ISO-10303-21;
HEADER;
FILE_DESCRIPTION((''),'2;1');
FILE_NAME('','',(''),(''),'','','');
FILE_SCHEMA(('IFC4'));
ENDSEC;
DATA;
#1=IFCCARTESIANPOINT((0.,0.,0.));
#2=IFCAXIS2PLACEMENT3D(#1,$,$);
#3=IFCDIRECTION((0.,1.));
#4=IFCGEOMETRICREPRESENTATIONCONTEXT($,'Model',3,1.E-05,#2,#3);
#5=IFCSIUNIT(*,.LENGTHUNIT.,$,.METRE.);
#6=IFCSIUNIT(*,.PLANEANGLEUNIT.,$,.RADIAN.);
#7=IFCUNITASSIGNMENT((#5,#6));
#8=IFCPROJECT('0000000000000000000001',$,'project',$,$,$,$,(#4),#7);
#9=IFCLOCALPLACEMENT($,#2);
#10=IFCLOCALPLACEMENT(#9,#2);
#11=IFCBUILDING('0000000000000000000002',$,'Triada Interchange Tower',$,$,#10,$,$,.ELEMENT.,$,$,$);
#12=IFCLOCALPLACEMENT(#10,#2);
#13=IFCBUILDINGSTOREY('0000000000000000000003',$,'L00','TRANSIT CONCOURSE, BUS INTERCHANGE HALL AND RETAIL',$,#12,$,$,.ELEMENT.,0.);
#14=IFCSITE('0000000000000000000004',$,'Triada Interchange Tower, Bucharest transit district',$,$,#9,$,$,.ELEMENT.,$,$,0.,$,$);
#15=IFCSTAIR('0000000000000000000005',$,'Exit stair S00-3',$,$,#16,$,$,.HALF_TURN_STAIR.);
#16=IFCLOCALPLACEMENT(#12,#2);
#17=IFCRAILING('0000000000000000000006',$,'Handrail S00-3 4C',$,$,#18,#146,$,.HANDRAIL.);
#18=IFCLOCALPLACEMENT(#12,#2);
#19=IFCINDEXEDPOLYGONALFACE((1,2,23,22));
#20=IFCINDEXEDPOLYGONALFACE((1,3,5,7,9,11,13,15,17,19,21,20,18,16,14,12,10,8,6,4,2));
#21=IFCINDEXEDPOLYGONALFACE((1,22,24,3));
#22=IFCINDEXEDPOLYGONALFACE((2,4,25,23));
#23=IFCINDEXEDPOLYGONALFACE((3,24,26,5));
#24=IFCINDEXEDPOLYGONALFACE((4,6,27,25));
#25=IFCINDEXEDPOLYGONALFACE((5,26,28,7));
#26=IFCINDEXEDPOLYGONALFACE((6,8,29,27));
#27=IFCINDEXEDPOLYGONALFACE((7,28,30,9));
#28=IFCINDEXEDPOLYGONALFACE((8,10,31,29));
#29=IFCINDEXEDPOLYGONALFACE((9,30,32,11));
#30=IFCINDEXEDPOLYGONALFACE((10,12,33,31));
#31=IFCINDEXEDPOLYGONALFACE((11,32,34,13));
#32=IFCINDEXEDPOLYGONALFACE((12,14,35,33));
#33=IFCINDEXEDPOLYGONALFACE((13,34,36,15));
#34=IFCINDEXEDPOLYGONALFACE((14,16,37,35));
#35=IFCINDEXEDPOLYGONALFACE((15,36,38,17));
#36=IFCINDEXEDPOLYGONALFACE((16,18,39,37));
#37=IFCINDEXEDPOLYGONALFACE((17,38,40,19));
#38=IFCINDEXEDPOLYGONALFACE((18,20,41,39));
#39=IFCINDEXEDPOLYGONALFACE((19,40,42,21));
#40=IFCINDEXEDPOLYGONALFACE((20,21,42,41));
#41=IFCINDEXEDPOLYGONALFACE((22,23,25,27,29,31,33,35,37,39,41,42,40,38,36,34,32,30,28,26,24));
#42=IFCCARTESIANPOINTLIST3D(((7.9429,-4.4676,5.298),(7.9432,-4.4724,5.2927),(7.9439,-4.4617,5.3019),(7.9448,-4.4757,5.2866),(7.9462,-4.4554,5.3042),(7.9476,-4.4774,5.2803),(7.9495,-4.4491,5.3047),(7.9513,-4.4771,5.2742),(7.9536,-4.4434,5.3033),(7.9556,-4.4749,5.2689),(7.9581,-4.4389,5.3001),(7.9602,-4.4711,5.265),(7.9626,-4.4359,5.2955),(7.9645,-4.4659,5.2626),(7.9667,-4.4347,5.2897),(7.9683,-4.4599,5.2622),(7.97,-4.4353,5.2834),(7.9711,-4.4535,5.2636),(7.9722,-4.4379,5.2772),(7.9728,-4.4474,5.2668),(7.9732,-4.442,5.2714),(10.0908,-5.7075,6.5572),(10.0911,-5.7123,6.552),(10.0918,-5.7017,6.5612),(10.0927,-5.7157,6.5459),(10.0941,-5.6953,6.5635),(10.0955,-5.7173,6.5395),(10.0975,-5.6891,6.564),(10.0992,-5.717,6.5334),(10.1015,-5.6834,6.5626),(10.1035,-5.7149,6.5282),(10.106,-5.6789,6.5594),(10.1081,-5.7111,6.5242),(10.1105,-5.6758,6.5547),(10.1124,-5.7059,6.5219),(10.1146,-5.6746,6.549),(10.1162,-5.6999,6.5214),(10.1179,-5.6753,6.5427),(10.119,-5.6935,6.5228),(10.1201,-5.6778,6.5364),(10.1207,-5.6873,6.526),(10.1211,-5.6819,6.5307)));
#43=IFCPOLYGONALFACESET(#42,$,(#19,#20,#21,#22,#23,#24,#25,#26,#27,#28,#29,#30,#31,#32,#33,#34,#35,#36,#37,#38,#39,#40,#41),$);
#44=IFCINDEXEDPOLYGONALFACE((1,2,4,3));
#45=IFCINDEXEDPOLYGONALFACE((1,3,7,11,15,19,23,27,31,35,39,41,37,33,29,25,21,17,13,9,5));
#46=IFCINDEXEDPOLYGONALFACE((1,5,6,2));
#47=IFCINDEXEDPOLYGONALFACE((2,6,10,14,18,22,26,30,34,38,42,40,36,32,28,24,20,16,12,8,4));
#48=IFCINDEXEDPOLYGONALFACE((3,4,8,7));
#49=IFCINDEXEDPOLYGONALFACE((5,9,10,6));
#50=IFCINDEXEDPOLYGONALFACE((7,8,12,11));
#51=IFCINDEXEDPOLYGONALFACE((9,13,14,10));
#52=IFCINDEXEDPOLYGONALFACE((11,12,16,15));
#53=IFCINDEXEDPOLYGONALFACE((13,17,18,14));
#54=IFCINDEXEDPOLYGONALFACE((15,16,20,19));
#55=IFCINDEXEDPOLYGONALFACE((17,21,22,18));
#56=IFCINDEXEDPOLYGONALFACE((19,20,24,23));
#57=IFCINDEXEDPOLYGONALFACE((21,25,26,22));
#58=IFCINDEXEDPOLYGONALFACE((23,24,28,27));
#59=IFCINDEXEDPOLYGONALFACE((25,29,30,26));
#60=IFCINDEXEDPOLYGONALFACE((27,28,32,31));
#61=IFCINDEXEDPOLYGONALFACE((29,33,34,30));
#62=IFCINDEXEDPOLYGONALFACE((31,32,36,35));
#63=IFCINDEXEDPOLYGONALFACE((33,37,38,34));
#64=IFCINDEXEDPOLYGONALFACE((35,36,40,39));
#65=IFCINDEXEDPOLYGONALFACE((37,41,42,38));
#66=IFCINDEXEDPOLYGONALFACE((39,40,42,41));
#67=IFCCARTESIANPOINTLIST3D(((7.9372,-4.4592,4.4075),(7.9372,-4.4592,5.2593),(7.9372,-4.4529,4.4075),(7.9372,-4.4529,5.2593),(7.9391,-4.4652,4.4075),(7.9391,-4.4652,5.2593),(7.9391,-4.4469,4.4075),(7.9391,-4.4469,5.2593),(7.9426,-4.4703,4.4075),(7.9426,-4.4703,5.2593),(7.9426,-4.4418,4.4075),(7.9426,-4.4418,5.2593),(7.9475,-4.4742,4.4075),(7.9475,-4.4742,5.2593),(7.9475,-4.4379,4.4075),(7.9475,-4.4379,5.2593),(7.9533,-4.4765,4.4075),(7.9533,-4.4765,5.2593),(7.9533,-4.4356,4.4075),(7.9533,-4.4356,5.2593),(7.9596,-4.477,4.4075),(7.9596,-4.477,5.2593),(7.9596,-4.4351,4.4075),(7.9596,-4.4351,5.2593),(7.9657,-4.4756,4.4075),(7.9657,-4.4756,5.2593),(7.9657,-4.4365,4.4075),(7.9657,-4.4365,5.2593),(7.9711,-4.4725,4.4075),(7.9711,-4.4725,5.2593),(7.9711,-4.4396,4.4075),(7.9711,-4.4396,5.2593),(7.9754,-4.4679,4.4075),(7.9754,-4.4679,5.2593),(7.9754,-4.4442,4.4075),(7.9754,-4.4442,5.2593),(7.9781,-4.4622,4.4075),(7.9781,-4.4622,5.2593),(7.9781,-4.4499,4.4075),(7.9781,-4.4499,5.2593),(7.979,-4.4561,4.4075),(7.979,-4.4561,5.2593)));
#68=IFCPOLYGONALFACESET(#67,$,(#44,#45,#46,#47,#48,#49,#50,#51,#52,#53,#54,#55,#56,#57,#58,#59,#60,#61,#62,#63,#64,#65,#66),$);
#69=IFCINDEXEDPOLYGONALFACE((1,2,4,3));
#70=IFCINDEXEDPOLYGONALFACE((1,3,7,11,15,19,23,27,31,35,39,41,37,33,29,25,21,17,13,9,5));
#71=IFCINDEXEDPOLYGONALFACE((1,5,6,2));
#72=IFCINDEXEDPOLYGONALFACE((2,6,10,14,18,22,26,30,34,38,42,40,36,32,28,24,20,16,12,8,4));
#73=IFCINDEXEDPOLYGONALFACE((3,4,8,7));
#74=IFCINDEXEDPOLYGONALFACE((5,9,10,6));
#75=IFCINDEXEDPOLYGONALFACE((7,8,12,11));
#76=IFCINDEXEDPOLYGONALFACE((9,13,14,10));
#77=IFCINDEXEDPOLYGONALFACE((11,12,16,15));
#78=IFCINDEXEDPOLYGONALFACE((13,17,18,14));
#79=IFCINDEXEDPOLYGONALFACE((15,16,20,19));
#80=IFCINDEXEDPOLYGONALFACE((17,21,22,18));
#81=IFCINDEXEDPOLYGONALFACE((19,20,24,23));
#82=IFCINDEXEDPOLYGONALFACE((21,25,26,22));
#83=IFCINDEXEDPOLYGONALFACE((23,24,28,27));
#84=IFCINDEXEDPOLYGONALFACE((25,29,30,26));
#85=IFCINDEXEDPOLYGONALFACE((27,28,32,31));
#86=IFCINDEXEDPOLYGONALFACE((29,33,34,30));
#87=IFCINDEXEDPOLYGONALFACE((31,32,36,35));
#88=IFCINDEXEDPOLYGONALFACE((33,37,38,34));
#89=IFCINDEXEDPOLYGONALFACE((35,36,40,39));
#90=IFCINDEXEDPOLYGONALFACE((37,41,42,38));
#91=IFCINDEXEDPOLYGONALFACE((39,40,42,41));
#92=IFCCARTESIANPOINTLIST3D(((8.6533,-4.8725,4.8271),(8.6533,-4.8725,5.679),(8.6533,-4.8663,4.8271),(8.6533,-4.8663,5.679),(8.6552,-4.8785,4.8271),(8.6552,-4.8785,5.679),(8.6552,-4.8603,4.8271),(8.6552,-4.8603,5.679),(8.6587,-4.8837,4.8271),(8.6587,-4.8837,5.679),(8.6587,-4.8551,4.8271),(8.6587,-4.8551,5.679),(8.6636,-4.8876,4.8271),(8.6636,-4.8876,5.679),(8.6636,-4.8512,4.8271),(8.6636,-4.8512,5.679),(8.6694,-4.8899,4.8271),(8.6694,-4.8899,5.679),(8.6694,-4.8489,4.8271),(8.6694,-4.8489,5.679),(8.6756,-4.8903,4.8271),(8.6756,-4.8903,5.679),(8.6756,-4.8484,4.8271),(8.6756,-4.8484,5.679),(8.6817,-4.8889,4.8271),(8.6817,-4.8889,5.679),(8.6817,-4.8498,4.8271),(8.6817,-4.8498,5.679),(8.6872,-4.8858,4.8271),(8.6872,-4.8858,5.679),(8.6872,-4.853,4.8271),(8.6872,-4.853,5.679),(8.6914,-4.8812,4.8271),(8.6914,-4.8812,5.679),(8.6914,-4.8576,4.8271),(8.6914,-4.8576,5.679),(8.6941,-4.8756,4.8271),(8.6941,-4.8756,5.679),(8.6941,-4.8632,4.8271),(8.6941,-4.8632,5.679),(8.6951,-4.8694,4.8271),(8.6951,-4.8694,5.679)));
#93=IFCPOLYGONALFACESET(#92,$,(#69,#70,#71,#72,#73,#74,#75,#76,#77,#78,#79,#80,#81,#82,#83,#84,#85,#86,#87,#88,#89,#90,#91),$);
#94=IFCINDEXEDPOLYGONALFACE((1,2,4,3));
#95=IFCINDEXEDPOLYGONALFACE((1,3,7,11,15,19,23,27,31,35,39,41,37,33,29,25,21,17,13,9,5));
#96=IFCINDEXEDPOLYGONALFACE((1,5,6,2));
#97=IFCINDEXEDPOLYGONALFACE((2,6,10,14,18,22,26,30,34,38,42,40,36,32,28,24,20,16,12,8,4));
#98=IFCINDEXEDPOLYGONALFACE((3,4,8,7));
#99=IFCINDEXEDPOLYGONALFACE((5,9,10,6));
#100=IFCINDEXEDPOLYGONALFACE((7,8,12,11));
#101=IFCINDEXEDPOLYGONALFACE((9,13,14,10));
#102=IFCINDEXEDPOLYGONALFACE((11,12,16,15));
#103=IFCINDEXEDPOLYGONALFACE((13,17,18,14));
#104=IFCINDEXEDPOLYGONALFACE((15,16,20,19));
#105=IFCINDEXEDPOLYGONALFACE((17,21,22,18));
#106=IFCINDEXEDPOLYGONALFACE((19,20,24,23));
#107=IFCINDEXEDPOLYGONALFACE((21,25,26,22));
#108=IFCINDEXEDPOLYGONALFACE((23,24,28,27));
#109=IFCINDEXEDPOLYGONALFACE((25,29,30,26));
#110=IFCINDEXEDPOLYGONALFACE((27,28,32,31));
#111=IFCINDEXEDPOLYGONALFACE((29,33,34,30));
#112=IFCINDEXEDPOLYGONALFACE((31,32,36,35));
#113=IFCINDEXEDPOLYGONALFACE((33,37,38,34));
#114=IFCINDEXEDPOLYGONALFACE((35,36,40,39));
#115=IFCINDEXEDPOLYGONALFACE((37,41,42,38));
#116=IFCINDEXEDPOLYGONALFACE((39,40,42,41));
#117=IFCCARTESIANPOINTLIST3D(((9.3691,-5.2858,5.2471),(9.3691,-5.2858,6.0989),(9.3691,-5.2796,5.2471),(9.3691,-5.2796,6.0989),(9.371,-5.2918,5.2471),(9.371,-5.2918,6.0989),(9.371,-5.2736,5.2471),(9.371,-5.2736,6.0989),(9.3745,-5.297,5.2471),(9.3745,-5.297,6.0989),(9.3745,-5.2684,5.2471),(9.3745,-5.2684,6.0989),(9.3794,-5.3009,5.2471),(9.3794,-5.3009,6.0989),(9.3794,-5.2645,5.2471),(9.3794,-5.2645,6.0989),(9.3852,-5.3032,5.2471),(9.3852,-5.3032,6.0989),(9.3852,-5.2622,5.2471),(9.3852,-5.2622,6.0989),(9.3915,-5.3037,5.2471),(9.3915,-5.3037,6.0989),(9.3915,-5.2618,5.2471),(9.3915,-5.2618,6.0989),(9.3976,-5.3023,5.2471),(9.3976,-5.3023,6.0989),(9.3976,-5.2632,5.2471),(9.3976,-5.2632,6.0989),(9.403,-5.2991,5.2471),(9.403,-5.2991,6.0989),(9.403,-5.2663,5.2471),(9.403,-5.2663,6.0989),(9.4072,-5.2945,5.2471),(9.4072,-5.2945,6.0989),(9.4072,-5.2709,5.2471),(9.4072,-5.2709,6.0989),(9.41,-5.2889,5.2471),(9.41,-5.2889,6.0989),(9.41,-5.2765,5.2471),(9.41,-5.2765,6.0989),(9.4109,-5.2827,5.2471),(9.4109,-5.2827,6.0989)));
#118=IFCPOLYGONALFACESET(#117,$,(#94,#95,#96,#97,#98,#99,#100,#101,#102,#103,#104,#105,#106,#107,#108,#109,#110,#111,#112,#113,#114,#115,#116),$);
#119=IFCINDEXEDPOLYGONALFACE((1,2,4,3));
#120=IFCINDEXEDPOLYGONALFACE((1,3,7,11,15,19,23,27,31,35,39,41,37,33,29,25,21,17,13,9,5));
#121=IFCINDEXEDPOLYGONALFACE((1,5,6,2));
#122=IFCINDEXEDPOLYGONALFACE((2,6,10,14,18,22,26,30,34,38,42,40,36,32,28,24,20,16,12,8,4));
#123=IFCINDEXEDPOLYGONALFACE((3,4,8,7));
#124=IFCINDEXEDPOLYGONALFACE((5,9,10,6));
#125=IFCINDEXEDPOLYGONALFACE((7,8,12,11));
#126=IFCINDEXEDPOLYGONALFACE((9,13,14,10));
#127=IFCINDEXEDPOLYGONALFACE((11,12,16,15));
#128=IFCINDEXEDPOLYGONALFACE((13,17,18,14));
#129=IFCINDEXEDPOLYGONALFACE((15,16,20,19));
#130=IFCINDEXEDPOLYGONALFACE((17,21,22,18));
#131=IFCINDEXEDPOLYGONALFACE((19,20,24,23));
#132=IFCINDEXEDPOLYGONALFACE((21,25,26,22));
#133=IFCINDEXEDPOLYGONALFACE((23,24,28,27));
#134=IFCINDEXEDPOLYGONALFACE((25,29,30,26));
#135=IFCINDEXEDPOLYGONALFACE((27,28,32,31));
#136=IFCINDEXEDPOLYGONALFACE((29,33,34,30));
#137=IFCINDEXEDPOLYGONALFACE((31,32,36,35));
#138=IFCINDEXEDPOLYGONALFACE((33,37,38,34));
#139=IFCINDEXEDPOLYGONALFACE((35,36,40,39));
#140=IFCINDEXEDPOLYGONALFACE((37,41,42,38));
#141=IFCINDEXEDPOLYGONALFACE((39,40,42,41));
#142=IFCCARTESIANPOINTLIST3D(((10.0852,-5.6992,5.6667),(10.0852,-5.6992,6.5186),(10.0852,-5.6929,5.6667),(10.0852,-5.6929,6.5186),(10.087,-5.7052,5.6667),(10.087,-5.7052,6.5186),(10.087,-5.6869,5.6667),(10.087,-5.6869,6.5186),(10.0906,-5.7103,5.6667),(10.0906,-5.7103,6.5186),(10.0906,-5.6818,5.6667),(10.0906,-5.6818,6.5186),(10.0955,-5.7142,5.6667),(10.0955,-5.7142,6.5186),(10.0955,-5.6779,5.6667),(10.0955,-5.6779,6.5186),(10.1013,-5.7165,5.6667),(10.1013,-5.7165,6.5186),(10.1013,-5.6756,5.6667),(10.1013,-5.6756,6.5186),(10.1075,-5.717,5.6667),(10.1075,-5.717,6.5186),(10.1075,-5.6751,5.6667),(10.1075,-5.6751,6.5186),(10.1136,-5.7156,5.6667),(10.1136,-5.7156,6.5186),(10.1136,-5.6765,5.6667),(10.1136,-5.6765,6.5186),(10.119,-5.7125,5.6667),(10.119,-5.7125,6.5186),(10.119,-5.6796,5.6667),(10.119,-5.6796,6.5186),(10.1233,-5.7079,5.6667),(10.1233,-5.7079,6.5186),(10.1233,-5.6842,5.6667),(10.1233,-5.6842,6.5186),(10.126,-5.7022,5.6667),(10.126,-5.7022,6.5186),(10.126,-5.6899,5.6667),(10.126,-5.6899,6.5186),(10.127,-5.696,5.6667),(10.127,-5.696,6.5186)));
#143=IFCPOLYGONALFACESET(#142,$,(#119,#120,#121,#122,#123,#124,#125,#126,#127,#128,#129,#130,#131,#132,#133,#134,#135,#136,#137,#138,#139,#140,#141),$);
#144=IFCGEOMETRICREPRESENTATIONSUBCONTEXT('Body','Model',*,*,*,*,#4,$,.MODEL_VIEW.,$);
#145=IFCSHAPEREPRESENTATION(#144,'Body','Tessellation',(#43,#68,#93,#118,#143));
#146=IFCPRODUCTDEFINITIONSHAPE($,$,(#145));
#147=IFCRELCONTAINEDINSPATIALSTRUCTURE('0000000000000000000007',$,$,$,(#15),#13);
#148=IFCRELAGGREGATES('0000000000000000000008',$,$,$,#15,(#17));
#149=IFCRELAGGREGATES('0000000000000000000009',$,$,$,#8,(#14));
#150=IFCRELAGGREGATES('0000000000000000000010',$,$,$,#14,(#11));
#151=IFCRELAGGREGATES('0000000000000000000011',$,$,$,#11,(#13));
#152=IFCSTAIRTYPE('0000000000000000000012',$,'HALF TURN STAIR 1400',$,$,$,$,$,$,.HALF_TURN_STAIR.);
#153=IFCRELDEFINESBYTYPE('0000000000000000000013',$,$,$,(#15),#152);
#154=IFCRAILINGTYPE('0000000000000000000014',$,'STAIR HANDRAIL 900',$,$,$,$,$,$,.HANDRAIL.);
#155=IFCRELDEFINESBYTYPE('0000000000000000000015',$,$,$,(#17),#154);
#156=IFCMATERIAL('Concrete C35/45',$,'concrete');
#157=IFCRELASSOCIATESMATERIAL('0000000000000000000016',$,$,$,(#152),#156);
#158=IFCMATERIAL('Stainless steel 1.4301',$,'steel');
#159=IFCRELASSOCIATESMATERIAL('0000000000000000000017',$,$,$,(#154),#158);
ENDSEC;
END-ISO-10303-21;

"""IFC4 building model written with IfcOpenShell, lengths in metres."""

from ifc_helpers import new_model, si_unit, direction, frame, origin, origin_2d, place, context, subcontext, project, spatial, circle, extrude, material, type_object, element, aggregate, save


model = new_model("IFC4")

# Units and contexts
model_context = context("Model", 3, precision=1e-05, world=origin(), true_north=direction((0.0, 1.0)))
body_context = subcontext(model_context, "Body", "Model", "MODEL_VIEW")
ifc_project = project(units=[si_unit("LENGTHUNIT", "METRE"), si_unit("PLANEANGLEUNIT", "RADIAN")], contexts=[model_context])

# Site, building, storey
site_placement = place(None, origin())
site = spatial("IfcSite", under=ifc_project, at=site_placement, Name="Triada Interchange Tower, Bucharest transit district", CompositionType="ELEMENT", RefElevation=0.0)
building_placement = place(site_placement, origin())
building = spatial("IfcBuilding", under=site, at=building_placement, Name="Triada Interchange Tower", CompositionType="ELEMENT")
storey_placement = place(building_placement, origin())
storey = spatial("IfcBuildingStorey", under=building, at=storey_placement, Name="L00", Description="TRANSIT CONCOURSE, BUS INTERCHANGE HALL AND RETAIL", CompositionType="ELEMENT", Elevation=0.0)

# Shared definitions
ifc_material_1 = material(Name="Concrete C35/45", Category="concrete")

# Stair, railing
stair_type = type_object("IfcStairType", Name="HALF TURN STAIR 1400", PredefinedType="HALF_TURN_STAIR", material=ifc_material_1)
stair_placement = place(storey_placement, origin())
stair = element("IfcStair", 1, at=stair_placement, inside=storey, type_object=stair_type, Name="Exit stair S00-3", PredefinedType="HALF_TURN_STAIR")
ifc_material_2 = material(Name="Stainless steel 1.4301", Category="steel")
railing_type = type_object("IfcRailingType", Name="STAIR HANDRAIL 900", PredefinedType="HANDRAIL", material=ifc_material_2)
railing_1_placement = place(storey_placement, frame((7.958, -4.4561, 4.4075)))
railing_1 = element("IfcRailing", 2, at=railing_1_placement, type_object=railing_type, Name="Handrail S00-3 4C", PredefinedType="HANDRAIL", context=body_context, shape_type="SweptSolid", body=[
    extrude(circle(Radius=0.0239, at=origin_2d()), frame((0.0, 0.0, 0.876), z_axis=(0.772212, -0.445791, 0.452724), x_axis=(0.499961, 0.866048, 0.0)), (0.0, 0.0, 1.0), 2.7815),
    extrude(circle(Radius=0.021, at=origin_2d()), origin(), (0.0, 0.0, 1.0), 0.8518),
    extrude(circle(Radius=0.021, at=origin_2d()), frame((0.7161, -0.4133, 0.4197)), (0.0, 0.0, 1.0), 0.8518),
    extrude(circle(Radius=0.021, at=origin_2d()), frame((1.4319, -0.8267, 0.8396)), (0.0, 0.0, 1.0), 0.8518),
    extrude(circle(Radius=0.021, at=origin_2d()), frame((2.1479, -1.24, 1.2593)), (0.0, 0.0, 1.0), 0.8518),
])
aggregate(stair, [railing_1])

save(model, "model.ifc")
